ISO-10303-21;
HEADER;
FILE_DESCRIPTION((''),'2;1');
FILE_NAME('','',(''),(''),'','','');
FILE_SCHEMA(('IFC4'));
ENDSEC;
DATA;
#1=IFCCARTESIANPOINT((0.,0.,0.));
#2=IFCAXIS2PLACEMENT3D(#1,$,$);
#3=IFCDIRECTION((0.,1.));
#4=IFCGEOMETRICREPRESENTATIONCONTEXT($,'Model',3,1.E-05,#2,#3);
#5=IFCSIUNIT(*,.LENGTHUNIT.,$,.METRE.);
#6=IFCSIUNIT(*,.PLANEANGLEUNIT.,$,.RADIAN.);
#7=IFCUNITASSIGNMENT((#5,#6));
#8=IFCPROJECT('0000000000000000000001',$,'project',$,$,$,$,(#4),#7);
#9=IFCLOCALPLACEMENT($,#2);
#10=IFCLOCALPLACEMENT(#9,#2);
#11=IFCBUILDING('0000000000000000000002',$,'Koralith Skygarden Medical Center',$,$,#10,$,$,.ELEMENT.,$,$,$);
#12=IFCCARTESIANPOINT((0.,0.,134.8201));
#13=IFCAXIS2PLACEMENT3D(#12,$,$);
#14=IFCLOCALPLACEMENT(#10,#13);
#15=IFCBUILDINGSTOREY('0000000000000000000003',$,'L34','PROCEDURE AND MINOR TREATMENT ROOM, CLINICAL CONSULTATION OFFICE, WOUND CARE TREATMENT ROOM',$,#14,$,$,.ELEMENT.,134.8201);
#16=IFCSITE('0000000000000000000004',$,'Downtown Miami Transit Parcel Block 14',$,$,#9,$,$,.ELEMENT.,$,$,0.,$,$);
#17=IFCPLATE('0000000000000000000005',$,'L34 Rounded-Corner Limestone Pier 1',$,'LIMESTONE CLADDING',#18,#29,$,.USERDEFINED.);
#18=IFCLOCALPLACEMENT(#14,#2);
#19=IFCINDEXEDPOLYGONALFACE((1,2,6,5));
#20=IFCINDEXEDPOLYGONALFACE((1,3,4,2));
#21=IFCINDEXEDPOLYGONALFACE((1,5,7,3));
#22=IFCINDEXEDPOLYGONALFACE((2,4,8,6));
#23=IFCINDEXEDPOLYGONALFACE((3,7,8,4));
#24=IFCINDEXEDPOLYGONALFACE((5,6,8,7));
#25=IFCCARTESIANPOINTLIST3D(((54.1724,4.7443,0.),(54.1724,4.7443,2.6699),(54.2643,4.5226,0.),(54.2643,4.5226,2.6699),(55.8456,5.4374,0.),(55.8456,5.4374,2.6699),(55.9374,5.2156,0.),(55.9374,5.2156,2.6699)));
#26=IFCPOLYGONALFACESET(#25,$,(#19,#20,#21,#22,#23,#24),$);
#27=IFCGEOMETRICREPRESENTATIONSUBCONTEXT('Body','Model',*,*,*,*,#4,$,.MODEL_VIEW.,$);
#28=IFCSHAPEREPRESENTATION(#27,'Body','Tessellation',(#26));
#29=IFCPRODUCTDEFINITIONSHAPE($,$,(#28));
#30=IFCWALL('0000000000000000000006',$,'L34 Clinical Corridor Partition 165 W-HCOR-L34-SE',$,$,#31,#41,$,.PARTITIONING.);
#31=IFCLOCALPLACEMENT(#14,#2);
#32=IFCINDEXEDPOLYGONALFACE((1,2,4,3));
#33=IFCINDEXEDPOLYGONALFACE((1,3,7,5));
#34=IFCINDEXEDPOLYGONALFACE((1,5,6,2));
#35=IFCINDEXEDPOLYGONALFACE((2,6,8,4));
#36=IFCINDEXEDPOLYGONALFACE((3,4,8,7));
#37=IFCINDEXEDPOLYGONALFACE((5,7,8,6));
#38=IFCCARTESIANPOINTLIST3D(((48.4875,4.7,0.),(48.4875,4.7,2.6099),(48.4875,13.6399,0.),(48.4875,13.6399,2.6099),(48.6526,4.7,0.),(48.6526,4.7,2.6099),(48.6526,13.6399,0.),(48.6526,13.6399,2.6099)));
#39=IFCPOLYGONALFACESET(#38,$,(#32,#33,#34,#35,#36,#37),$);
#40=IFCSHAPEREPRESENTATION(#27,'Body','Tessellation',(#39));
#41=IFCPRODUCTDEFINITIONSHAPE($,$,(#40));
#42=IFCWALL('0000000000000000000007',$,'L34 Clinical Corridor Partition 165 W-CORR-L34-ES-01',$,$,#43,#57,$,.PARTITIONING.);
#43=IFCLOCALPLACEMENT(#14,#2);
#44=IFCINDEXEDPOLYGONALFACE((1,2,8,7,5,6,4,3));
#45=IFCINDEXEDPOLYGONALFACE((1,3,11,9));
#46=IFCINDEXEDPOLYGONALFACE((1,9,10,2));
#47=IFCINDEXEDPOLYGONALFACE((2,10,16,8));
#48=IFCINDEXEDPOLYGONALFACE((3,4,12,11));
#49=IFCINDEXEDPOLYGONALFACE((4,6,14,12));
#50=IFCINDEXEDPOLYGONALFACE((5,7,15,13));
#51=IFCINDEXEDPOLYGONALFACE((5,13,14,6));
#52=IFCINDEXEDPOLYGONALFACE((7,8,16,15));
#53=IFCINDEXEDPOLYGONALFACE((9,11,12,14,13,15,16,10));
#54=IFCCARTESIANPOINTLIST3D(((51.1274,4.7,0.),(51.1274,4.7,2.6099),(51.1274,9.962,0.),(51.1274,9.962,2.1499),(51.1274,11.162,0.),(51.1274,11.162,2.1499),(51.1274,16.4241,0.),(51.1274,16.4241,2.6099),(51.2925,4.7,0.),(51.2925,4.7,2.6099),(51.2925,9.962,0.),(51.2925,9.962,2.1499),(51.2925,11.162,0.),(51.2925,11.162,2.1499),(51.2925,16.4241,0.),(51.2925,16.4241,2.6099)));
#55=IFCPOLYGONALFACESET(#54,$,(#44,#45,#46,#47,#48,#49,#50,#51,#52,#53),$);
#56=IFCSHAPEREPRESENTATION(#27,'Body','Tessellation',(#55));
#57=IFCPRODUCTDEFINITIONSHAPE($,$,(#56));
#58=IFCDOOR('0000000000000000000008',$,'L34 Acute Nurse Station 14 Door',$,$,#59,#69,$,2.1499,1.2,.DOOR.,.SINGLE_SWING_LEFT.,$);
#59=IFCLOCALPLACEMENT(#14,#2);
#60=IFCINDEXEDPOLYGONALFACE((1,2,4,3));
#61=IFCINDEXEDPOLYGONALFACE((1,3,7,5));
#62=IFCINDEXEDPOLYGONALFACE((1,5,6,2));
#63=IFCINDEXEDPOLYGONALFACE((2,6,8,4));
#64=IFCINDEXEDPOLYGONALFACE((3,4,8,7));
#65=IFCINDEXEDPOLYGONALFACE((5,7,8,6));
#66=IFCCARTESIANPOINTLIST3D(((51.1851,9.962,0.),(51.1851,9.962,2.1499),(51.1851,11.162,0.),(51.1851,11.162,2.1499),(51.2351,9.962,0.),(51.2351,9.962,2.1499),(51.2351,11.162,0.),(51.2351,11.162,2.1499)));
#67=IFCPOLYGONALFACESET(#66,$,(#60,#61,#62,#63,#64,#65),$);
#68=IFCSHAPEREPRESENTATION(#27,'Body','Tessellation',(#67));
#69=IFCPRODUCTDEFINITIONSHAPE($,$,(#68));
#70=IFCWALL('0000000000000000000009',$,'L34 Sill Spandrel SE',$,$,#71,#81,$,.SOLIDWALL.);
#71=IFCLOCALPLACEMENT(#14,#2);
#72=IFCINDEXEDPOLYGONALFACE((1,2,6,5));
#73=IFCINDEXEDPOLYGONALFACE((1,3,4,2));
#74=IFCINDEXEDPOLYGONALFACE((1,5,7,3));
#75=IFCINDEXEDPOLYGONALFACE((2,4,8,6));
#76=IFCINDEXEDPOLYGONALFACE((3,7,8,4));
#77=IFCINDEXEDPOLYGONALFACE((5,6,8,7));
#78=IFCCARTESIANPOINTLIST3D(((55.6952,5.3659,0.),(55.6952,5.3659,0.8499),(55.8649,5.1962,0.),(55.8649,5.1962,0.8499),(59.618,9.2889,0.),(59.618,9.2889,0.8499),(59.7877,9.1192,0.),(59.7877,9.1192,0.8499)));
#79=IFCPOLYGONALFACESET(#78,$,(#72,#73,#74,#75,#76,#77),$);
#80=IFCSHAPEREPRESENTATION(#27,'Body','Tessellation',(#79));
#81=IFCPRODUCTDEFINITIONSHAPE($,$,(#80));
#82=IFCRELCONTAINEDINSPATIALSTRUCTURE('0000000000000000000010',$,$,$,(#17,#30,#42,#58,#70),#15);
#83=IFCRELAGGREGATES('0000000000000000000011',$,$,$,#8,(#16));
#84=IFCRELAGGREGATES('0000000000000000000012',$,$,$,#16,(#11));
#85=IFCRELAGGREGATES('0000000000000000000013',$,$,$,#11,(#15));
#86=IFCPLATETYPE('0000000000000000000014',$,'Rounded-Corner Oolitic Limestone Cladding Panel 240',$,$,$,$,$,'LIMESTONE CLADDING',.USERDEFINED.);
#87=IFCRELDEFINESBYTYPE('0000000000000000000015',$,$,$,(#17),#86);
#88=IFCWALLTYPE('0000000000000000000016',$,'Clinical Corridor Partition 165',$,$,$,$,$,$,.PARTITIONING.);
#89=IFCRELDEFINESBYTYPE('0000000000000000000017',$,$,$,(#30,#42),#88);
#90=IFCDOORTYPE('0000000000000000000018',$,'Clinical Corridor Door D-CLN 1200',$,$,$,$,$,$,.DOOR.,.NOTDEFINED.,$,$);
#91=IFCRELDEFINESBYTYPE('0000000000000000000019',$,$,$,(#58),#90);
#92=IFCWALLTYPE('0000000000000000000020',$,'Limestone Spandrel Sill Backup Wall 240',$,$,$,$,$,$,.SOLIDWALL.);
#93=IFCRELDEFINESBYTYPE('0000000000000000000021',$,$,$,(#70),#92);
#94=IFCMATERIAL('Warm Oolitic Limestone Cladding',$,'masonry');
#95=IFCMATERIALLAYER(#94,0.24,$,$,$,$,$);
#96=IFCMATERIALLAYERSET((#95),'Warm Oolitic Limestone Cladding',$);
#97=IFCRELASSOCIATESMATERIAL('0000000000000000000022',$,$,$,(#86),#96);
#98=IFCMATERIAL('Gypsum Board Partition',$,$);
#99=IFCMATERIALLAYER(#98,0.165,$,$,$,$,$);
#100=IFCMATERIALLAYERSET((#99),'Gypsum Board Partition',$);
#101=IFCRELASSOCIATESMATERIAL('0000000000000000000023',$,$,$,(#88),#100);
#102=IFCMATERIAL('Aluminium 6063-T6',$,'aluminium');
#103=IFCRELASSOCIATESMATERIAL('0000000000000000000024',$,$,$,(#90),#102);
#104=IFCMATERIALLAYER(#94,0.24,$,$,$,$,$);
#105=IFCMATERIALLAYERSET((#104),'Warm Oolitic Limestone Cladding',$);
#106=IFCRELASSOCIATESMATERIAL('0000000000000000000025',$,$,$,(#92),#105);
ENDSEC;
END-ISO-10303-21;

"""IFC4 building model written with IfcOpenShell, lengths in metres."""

from ifc_helpers import new_model, si_unit, direction, frame, frame_2d, origin, origin_2d, place, context, subcontext, project, spatial, rectangle, extrude, material, layer, layer_set, type_object, element, fill, save


model = new_model("IFC4")

# Units and contexts
model_context = context("Model", 3, precision=1e-05, world=origin(), true_north=direction((0.0, 1.0)))
body_context = subcontext(model_context, "Body", "Model", "MODEL_VIEW")
ifc_project = project(units=[si_unit("LENGTHUNIT", "METRE"), si_unit("PLANEANGLEUNIT", "RADIAN")], contexts=[model_context])

# Site, building, storey
site_placement = place(None, origin())
site = spatial("IfcSite", under=ifc_project, at=site_placement, Name="Downtown Miami Transit Parcel Block 14", CompositionType="ELEMENT", RefElevation=0.0)
building_placement = place(site_placement, origin())
building = spatial("IfcBuilding", under=site, at=building_placement, Name="Koralith Skygarden Medical Center", CompositionType="ELEMENT")
storey_placement = place(building_placement, frame((0.0, 0.0, 134.8201)))
storey = spatial("IfcBuildingStorey", under=building, at=storey_placement, Name="L34", Description="PROCEDURE AND MINOR TREATMENT ROOM, CLINICAL CONSULTATION OFFICE, WOUND CARE TREATMENT ROOM", CompositionType="ELEMENT", Elevation=134.8201)

# Shared definitions
ifc_material_1 = material(Name="Aluminium 6063-T6", Category="aluminium")

# Plate
ifc_material_2 = material(Name="Warm Oolitic Limestone Cladding", Category="masonry")
ifc_layer_1 = layer(ifc_material_2, 0.24)
ifc_layer_set_1 = layer_set([ifc_layer_1], Name="Warm Oolitic Limestone Cladding")
plate_type_1 = type_object("IfcPlateType", Name="Rounded-Corner Oolitic Limestone Cladding Panel 240", ElementType="LIMESTONE CLADDING", PredefinedType="USERDEFINED", material=ifc_layer_set_1)
plate_1_placement = place(storey_placement, frame((55.0549, 4.98, 0.0), z_axis=(0.0, 0.0, 1.0), x_axis=(0.923885, 0.382671, 0.0)))
element("IfcPlate", 1, at=plate_1_placement, inside=storey, type_object=plate_type_1, Name="L34 Rounded-Corner Limestone Pier 1", ObjectType="LIMESTONE CLADDING", PredefinedType="USERDEFINED", context=body_context, shape_type="SweptSolid", body=[
    extrude(rectangle(XDim=1.811, YDim=0.24, at=origin_2d()), origin(), (0.0, 0.0, 1.0), 2.6699),
])

# Wall
ifc_material_3 = material(Name="Gypsum Board Partition")
ifc_layer_2 = layer(ifc_material_3, 0.165)
ifc_layer_set_2 = layer_set([ifc_layer_2], Name="Gypsum Board Partition")
wall_type_1 = type_object("IfcWallType", Name="Clinical Corridor Partition 165", PredefinedType="PARTITIONING", material=ifc_layer_set_2)
wall_1_placement = place(storey_placement, frame((48.5701, 4.7, 0.0), z_axis=(0.0, 0.0, 1.0), x_axis=(0.0, 1.0, 0.0)))
element("IfcWall", 2, at=wall_1_placement, inside=storey, type_object=wall_type_1, Name="L34 Clinical Corridor Partition 165 W-HCOR-L34-SE", PredefinedType="PARTITIONING", context=body_context, shape_type="SweptSolid", body=[
    extrude(rectangle(XDim=8.9399, YDim=0.165, at=frame_2d((4.47, 0.0))), origin(), (0.0, 0.0, 1.0), 2.6099),
])

# Wall, opening, door
wall_2_placement = place(storey_placement, frame((51.21, 4.7, 0.0), z_axis=(0.0, 0.0, 1.0), x_axis=(0.0, 1.0, 0.0)))
wall_2 = element("IfcWall", 3, at=wall_2_placement, inside=storey, type_object=wall_type_1, Name="L34 Clinical Corridor Partition 165 W-CORR-L34-ES-01", PredefinedType="PARTITIONING", context=body_context, shape_type="SweptSolid", body=[
    extrude(rectangle(XDim=11.7241, YDim=0.165, at=frame_2d((5.8621, 0.0))), origin(), (0.0, 0.0, 1.0), 2.6099),
])
opening_placement = place(wall_2_placement, frame((5.262, 0.0, 0.0)))
opening = element("IfcOpeningElement", 4, at=opening_placement, cuts=wall_2, PredefinedType="OPENING", context=body_context, shape_type="SweptSolid", body=[
    extrude(rectangle(XDim=1.2, YDim=2.1499, at=frame_2d((0.6001, 1.075))), frame((0.0, 0.0925, 0.0), z_axis=(0.0, -1.0, 0.0), x_axis=(1.0, 0.0, 0.0)), (0.0, 0.0, 1.0), 0.1851),
])
door_type = type_object("IfcDoorType", Name="Clinical Corridor Door D-CLN 1200", OperationType="NOTDEFINED", PredefinedType="DOOR", material=ifc_material_1)
door_placement = place(opening_placement, origin())
door = element("IfcDoor", 5, at=door_placement, inside=storey, type_object=door_type, Name="L34 Acute Nurse Station 14 Door", OperationType="SINGLE_SWING_LEFT", OverallHeight=2.1499, OverallWidth=1.2, PredefinedType="DOOR", context=body_context, shape_type="SweptSolid", body=[
    extrude(rectangle(XDim=1.2, YDim=2.1499, at=frame_2d((0.6001, 1.075))), frame((0.0, 0.0249, 0.0), z_axis=(0.0, -1.0, 0.0), x_axis=(1.0, 0.0, 0.0)), (0.0, 0.0, 1.0), 0.05),
])
fill(opening, door)

# Wall
ifc_layer_3 = layer(ifc_material_2, 0.24)
ifc_layer_set_3 = layer_set([ifc_layer_3], Name="Warm Oolitic Limestone Cladding")
wall_type_2 = type_object("IfcWallType", Name="Limestone Spandrel Sill Backup Wall 240", PredefinedType="SOLIDWALL", material=ifc_layer_set_3)
wall_3_placement = place(storey_placement, frame((55.78, 5.281, 0.0), z_axis=(0.0, 0.0, 1.0), x_axis=(0.707085, 0.707129, 0.0)))
element("IfcWall", 6, at=wall_3_placement, inside=storey, type_object=wall_type_2, Name="L34 Sill Spandrel SE", PredefinedType="SOLIDWALL", context=body_context, shape_type="SweptSolid", body=[
    extrude(rectangle(XDim=5.5479, YDim=0.24, at=frame_2d((2.7739, 0.0))), origin(), (0.0, 0.0, 1.0), 0.8499),
])

save(model, "model.ifc")
